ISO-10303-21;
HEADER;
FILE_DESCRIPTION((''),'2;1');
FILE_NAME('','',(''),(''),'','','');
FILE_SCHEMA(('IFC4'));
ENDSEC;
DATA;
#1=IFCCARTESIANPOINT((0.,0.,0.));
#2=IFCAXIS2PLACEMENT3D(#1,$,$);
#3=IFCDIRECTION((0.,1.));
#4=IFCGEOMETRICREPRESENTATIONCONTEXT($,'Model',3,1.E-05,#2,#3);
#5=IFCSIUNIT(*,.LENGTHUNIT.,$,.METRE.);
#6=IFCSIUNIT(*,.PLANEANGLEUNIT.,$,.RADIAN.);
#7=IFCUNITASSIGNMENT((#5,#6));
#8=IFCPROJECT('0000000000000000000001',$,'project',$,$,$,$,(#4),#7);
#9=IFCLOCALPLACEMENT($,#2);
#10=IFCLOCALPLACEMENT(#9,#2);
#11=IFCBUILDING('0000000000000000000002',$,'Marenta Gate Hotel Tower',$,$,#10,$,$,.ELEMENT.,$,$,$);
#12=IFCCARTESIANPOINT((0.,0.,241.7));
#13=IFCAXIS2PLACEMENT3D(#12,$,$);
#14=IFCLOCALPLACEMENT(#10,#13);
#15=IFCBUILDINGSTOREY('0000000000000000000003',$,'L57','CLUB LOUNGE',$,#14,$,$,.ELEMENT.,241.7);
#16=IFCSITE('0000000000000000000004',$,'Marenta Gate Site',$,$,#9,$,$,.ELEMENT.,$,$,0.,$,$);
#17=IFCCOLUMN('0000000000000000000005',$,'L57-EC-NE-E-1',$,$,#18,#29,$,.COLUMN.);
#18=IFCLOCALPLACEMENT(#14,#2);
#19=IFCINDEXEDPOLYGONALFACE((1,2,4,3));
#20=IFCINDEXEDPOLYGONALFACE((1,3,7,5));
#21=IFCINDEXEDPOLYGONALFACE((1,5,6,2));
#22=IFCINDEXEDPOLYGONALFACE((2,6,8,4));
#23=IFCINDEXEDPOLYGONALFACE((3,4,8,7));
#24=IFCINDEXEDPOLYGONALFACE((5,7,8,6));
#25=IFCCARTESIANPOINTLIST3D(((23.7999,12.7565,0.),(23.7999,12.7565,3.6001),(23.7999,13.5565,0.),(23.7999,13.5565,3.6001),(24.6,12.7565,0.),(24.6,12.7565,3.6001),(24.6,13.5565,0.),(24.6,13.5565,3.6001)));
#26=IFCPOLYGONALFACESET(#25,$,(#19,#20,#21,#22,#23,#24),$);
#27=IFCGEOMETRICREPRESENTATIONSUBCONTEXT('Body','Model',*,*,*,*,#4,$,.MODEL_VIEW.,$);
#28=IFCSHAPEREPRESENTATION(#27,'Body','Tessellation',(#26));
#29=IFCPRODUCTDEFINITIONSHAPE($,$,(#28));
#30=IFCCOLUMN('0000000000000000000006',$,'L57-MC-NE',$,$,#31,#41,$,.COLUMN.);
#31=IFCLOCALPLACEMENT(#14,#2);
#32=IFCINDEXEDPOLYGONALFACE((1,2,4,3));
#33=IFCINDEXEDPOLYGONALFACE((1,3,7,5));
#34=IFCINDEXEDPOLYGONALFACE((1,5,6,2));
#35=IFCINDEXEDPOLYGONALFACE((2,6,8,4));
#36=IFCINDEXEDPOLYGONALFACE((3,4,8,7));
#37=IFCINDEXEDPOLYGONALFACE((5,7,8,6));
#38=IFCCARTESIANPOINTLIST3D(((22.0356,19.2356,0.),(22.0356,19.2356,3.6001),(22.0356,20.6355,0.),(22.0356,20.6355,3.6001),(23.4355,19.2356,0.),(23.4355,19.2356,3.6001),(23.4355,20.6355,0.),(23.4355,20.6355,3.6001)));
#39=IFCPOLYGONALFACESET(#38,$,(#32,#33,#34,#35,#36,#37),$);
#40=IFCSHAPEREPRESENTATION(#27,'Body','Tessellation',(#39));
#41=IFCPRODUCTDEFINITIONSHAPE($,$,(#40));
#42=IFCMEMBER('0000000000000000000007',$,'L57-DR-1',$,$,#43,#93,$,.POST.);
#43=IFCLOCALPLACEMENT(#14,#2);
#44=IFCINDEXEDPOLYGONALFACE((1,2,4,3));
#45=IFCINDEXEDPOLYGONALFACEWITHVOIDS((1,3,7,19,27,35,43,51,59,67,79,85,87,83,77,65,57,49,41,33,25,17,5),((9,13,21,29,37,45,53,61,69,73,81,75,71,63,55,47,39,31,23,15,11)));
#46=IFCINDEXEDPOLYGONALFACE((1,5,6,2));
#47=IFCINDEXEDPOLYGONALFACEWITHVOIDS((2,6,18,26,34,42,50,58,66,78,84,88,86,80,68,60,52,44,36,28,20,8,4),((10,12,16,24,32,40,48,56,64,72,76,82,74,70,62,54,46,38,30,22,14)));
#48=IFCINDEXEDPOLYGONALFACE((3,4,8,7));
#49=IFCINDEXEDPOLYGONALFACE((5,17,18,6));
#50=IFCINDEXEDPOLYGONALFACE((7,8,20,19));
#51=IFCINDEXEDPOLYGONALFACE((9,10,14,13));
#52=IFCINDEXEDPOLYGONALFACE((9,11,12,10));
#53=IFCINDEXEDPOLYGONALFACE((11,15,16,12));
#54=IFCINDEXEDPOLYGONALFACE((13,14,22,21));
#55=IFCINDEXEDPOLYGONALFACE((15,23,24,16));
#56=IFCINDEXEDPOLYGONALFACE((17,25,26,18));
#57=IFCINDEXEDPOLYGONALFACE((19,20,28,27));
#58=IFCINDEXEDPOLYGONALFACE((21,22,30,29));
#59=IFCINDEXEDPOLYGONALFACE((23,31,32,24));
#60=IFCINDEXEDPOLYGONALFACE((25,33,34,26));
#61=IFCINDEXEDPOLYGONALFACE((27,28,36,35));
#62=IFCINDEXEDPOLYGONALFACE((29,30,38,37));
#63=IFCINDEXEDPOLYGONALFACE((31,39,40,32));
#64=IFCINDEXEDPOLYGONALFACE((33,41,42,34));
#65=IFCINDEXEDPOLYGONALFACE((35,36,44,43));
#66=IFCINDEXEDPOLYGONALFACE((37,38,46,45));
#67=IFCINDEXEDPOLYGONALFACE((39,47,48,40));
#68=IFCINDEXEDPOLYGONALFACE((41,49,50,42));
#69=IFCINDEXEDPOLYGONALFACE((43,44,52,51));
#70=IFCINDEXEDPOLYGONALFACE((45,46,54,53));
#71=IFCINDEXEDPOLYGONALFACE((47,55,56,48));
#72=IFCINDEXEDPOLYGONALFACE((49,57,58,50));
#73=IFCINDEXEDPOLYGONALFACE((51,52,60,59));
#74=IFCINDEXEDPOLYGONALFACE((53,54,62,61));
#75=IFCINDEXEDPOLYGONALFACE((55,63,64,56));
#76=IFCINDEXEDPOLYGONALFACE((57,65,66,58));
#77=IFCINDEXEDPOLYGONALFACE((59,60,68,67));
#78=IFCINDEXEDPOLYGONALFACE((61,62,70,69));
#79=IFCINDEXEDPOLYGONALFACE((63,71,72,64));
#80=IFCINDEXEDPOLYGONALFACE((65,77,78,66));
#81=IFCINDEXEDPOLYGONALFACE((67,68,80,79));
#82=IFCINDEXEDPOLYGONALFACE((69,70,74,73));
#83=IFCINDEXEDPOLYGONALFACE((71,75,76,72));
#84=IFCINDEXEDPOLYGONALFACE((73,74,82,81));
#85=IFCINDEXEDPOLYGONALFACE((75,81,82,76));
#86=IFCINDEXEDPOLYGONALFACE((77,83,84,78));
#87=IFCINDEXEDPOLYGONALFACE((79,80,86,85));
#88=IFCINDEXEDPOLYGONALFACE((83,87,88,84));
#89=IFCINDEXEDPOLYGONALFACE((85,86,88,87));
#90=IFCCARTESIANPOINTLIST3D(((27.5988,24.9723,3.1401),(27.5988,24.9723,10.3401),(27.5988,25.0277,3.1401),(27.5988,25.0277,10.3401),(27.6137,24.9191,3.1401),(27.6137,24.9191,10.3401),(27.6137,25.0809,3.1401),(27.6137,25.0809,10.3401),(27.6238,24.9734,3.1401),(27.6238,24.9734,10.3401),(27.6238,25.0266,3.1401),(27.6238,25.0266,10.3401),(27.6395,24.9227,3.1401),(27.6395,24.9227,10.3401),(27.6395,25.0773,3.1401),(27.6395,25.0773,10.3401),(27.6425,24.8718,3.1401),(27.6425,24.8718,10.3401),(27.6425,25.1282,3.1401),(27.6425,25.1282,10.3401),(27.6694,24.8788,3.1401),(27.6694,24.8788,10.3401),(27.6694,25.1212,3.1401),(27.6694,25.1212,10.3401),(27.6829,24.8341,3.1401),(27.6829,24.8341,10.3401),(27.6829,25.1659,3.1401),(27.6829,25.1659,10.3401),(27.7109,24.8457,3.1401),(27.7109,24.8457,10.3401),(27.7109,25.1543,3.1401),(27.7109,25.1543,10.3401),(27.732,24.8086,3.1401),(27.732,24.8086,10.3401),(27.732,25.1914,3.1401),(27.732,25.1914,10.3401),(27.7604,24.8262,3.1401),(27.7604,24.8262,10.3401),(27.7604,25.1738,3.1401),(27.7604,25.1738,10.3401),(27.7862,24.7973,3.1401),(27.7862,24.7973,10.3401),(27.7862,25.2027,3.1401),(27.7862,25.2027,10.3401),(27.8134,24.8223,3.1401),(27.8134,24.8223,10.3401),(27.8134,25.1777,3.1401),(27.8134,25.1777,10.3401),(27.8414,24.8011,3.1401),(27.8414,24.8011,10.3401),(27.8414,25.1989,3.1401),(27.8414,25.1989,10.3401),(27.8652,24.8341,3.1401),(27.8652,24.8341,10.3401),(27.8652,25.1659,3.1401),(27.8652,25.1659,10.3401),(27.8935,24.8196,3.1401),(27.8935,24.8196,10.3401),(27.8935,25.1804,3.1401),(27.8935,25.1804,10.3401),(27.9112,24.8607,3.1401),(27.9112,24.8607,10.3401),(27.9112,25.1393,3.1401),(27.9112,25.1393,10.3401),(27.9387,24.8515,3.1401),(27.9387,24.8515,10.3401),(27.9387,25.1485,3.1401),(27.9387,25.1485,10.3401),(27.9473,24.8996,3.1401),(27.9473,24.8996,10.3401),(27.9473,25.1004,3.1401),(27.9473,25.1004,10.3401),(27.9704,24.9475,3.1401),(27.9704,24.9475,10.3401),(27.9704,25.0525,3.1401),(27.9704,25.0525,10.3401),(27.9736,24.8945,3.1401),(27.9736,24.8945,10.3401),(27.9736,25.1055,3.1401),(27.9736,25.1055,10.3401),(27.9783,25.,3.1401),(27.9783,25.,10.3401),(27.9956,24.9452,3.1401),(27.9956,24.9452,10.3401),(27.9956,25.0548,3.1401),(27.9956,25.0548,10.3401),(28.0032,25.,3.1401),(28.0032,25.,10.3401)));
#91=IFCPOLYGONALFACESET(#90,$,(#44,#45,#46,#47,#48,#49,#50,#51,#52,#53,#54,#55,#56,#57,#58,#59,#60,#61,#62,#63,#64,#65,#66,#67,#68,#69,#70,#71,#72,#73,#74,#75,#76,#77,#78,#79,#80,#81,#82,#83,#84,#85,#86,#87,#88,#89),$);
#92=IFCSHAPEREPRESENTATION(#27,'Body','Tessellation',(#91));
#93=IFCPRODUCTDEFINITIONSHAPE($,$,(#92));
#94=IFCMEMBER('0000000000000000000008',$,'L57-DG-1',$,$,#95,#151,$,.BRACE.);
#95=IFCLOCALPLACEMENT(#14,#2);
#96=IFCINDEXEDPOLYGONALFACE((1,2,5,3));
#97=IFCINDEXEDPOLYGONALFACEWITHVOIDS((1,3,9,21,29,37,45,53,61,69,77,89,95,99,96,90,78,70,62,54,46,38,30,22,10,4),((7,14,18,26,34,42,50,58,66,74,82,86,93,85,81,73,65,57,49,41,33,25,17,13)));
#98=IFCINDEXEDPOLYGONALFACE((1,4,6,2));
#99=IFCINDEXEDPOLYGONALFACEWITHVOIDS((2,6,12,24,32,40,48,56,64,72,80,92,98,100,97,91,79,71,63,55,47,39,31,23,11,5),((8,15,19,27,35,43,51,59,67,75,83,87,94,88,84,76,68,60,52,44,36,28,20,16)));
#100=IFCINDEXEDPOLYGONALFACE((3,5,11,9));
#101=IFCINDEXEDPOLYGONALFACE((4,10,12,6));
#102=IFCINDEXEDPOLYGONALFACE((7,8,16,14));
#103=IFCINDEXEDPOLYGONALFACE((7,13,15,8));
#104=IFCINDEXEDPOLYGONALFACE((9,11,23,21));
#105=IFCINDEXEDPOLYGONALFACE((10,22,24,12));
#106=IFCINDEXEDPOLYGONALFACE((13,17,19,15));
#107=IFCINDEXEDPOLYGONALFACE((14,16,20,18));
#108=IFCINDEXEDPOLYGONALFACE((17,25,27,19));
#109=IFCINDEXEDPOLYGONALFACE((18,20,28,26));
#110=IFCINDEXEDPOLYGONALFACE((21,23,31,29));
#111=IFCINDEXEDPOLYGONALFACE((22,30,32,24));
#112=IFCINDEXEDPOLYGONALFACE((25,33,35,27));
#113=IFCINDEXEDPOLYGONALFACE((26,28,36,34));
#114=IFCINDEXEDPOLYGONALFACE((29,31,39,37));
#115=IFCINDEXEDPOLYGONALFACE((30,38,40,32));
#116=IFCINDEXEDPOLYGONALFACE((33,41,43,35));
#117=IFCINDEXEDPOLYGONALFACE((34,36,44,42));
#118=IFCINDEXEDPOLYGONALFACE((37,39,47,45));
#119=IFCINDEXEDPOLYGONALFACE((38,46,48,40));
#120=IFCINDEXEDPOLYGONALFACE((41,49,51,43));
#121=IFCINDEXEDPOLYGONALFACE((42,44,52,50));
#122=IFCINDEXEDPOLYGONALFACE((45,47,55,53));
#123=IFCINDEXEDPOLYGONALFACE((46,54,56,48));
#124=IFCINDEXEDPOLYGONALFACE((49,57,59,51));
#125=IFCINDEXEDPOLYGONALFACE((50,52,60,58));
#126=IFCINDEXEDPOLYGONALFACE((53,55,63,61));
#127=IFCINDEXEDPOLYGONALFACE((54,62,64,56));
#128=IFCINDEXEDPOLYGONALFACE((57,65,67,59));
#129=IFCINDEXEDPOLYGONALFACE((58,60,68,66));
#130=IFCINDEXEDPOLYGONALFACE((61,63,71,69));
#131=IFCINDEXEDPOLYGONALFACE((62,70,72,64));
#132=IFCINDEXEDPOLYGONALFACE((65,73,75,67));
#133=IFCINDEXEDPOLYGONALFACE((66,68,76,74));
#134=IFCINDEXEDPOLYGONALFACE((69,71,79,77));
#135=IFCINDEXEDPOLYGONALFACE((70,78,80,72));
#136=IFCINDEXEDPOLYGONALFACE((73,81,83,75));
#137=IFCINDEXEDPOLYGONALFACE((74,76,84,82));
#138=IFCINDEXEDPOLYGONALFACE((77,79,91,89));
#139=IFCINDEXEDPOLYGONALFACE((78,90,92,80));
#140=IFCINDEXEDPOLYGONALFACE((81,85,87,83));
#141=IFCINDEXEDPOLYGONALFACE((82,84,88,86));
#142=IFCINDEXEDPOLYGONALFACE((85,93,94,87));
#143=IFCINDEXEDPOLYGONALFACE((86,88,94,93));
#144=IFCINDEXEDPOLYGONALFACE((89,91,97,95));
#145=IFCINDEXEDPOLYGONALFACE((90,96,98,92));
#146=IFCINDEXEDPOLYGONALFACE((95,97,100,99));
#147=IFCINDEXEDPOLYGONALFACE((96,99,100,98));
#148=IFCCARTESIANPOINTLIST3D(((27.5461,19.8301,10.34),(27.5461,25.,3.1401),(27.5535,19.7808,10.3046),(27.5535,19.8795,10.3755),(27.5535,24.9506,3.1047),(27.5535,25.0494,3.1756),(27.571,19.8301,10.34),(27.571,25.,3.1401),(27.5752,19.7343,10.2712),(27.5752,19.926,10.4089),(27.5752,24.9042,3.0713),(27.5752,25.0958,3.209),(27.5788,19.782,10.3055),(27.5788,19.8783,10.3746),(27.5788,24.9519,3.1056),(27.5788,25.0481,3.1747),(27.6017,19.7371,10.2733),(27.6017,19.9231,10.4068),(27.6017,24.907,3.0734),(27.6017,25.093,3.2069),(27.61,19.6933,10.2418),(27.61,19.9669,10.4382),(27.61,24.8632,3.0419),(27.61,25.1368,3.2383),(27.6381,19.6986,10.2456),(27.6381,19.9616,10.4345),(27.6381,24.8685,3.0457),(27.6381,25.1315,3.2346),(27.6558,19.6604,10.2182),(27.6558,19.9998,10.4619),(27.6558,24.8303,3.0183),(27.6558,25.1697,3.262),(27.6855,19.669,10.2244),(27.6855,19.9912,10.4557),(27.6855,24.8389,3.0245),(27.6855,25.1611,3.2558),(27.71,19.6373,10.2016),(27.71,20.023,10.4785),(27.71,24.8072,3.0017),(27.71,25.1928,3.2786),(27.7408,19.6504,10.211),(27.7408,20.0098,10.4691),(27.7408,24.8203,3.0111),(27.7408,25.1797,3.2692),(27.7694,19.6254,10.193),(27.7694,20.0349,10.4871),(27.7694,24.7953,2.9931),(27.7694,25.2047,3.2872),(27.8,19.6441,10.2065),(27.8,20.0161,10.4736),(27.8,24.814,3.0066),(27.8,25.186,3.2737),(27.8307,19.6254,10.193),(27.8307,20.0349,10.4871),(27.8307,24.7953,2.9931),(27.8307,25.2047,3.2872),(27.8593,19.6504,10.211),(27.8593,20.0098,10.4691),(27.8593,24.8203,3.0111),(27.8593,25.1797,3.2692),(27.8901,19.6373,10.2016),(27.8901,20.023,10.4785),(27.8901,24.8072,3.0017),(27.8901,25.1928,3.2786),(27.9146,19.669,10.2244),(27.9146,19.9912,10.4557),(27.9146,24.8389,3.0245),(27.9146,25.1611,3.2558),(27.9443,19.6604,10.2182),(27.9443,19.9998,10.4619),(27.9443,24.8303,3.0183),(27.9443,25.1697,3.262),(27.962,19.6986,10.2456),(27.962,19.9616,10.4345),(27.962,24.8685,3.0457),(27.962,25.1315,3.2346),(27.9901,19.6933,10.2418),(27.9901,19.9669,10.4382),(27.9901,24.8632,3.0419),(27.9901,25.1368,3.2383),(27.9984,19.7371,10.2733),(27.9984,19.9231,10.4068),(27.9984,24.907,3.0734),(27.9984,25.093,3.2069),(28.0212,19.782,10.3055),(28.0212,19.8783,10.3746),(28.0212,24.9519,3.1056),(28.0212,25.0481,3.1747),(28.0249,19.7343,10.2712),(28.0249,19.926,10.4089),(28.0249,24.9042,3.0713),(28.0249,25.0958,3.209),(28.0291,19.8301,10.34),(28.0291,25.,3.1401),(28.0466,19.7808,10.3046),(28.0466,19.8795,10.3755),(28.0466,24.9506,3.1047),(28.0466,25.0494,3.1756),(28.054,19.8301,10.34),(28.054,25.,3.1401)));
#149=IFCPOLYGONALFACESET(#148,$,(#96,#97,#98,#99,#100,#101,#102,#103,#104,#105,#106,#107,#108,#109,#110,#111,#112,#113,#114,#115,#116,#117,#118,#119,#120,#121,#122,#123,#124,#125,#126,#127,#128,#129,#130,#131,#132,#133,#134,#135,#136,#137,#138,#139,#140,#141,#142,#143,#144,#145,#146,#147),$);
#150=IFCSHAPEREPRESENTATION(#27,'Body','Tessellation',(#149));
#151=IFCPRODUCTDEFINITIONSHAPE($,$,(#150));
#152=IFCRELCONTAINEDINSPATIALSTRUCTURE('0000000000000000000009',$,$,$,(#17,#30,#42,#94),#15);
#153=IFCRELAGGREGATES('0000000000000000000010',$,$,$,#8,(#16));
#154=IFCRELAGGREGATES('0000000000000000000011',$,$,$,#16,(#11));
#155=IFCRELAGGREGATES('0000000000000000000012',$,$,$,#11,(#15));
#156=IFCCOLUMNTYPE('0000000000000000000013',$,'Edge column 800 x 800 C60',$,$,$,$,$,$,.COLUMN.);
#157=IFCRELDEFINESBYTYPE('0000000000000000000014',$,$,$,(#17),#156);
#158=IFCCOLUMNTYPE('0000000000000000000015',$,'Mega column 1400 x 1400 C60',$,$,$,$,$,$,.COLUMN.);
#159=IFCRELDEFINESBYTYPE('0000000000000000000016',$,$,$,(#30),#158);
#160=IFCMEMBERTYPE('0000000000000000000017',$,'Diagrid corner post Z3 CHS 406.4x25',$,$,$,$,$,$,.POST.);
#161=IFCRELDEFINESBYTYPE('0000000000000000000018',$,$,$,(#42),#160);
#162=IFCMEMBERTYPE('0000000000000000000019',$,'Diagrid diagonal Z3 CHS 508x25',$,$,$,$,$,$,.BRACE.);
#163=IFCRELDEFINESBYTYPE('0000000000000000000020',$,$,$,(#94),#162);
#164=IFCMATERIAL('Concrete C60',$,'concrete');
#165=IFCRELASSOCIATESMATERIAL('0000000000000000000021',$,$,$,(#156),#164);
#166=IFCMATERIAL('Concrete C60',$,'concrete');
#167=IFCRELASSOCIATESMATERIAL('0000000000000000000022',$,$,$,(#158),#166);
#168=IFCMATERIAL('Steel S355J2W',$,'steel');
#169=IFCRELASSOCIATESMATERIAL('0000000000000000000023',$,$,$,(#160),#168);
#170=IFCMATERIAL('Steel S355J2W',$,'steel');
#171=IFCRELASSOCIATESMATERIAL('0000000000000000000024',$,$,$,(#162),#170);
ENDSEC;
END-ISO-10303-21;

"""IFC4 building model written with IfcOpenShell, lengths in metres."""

from ifc_helpers import new_model, si_unit, direction, frame, origin, origin_2d, place, context, subcontext, project, spatial, rectangle, hollow_circle, extrude, material, material_profile, profile_set, type_object, element, save


model = new_model("IFC4")

# Units and contexts
model_context = context("Model", 3, precision=1e-05, world=origin(), true_north=direction((0.0, 1.0)))
body_context = subcontext(model_context, "Body", "Model", "MODEL_VIEW")
ifc_project = project(units=[si_unit("LENGTHUNIT", "METRE"), si_unit("PLANEANGLEUNIT", "RADIAN")], contexts=[model_context])

# Site, building, storey
site_placement = place(None, origin())
site = spatial("IfcSite", under=ifc_project, at=site_placement, Name="Marenta Gate Site", CompositionType="ELEMENT", RefElevation=0.0)
building_placement = place(site_placement, origin())
building = spatial("IfcBuilding", under=site, at=building_placement, Name="Marenta Gate Hotel Tower", CompositionType="ELEMENT")
storey_placement = place(building_placement, frame((0.0, 0.0, 241.7)))
storey = spatial("IfcBuildingStorey", under=building, at=storey_placement, Name="L57", Description="CLUB LOUNGE", CompositionType="ELEMENT", Elevation=241.7)

# Columns
ifc_material_1 = material(Name="Concrete C60", Category="concrete")
ifc_material_profile_1 = material_profile(ifc_material_1, rectangle(XDim=0.8, YDim=0.8, at=origin_2d()), Name="800 x 800")
ifc_profile_set_1 = profile_set([ifc_material_profile_1], Name="Concrete C60")
column_type_1 = type_object("IfcColumnType", Name="Edge column 800 x 800 C60", PredefinedType="COLUMN", material=ifc_profile_set_1)
column_1_placement = place(storey_placement, frame((24.2, 13.1565, 0.0), z_axis=(0.0, 0.0, 1.0), x_axis=(1.0, 0.0, 0.0)))
element("IfcColumn", 1, at=column_1_placement, inside=storey, type_object=column_type_1, Name="L57-EC-NE-E-1", PredefinedType="COLUMN", context=body_context, shape_type="SweptSolid", body=[
    extrude(rectangle(XDim=0.8, YDim=0.8, at=origin_2d()), origin(), (0.0, 0.0, 1.0), 3.6001),
])
ifc_material_2 = material(Name="Concrete C60", Category="concrete")
ifc_material_profile_2 = material_profile(ifc_material_2, rectangle(XDim=1.3999, YDim=1.3999, at=origin_2d()), Name="1400 x 1400")
ifc_profile_set_2 = profile_set([ifc_material_profile_2], Name="Concrete C60")
column_type_2 = type_object("IfcColumnType", Name="Mega column 1400 x 1400 C60", PredefinedType="COLUMN", material=ifc_profile_set_2)
column_2_placement = place(storey_placement, frame((22.7356, 19.9355, 0.0), z_axis=(0.0, 0.0, 1.0), x_axis=(1.0, 0.0, 0.0)))
element("IfcColumn", 2, at=column_2_placement, inside=storey, type_object=column_type_2, Name="L57-MC-NE", PredefinedType="COLUMN", context=body_context, shape_type="SweptSolid", body=[
    extrude(rectangle(XDim=1.3999, YDim=1.3999, at=origin_2d()), origin(), (0.0, 0.0, 1.0), 3.6001),
])

# Members
ifc_material_3 = material(Name="Steel S355J2W", Category="steel")
ifc_material_profile_3 = material_profile(ifc_material_3, hollow_circle(Radius=0.2031, WallThickness=0.0249, at=origin_2d()), Name="CHS 406.4x25")
ifc_profile_set_3 = profile_set([ifc_material_profile_3], Name="Steel S355J2W")
member_type_1 = type_object("IfcMemberType", Name="Diagrid corner post Z3 CHS 406.4x25", PredefinedType="POST", material=ifc_profile_set_3)
member_1_placement = place(storey_placement, frame((27.8, 25.0, 3.1401), z_axis=(0.0, 0.0, 1.0), x_axis=(1.0, 0.0, 0.0)))
element("IfcMember", 3, at=member_1_placement, inside=storey, type_object=member_type_1, Name="L57-DR-1", PredefinedType="POST", context=body_context, shape_type="SweptSolid", body=[
    extrude(hollow_circle(Radius=0.2031, WallThickness=0.0249, at=origin_2d()), origin(), (0.0, 0.0, 1.0), 7.2),
])
ifc_material_4 = material(Name="Steel S355J2W", Category="steel")
ifc_material_profile_4 = material_profile(ifc_material_4, hollow_circle(Radius=0.2539, WallThickness=0.0249, at=origin_2d()), Name="CHS 508x25")
ifc_profile_set_4 = profile_set([ifc_material_profile_4], Name="Steel S355J2W")
member_type_2 = type_object("IfcMemberType", Name="Diagrid diagonal Z3 CHS 508x25", PredefinedType="BRACE", material=ifc_profile_set_4)
member_2_placement = place(storey_placement, frame((27.8, 25.0, 3.1401), z_axis=(0.0, -0.583261, 0.812285), x_axis=(1.0, 0.0, 0.0)))
element("IfcMember", 4, at=member_2_placement, inside=storey, type_object=member_type_2, Name="L57-DG-1", PredefinedType="BRACE", context=body_context, shape_type="SweptSolid", body=[
    extrude(hollow_circle(Radius=0.2539, WallThickness=0.0249, at=origin_2d()), origin(), (0.0, 0.0, 1.0), 8.8638),
])

save(model, "model.ifc")
